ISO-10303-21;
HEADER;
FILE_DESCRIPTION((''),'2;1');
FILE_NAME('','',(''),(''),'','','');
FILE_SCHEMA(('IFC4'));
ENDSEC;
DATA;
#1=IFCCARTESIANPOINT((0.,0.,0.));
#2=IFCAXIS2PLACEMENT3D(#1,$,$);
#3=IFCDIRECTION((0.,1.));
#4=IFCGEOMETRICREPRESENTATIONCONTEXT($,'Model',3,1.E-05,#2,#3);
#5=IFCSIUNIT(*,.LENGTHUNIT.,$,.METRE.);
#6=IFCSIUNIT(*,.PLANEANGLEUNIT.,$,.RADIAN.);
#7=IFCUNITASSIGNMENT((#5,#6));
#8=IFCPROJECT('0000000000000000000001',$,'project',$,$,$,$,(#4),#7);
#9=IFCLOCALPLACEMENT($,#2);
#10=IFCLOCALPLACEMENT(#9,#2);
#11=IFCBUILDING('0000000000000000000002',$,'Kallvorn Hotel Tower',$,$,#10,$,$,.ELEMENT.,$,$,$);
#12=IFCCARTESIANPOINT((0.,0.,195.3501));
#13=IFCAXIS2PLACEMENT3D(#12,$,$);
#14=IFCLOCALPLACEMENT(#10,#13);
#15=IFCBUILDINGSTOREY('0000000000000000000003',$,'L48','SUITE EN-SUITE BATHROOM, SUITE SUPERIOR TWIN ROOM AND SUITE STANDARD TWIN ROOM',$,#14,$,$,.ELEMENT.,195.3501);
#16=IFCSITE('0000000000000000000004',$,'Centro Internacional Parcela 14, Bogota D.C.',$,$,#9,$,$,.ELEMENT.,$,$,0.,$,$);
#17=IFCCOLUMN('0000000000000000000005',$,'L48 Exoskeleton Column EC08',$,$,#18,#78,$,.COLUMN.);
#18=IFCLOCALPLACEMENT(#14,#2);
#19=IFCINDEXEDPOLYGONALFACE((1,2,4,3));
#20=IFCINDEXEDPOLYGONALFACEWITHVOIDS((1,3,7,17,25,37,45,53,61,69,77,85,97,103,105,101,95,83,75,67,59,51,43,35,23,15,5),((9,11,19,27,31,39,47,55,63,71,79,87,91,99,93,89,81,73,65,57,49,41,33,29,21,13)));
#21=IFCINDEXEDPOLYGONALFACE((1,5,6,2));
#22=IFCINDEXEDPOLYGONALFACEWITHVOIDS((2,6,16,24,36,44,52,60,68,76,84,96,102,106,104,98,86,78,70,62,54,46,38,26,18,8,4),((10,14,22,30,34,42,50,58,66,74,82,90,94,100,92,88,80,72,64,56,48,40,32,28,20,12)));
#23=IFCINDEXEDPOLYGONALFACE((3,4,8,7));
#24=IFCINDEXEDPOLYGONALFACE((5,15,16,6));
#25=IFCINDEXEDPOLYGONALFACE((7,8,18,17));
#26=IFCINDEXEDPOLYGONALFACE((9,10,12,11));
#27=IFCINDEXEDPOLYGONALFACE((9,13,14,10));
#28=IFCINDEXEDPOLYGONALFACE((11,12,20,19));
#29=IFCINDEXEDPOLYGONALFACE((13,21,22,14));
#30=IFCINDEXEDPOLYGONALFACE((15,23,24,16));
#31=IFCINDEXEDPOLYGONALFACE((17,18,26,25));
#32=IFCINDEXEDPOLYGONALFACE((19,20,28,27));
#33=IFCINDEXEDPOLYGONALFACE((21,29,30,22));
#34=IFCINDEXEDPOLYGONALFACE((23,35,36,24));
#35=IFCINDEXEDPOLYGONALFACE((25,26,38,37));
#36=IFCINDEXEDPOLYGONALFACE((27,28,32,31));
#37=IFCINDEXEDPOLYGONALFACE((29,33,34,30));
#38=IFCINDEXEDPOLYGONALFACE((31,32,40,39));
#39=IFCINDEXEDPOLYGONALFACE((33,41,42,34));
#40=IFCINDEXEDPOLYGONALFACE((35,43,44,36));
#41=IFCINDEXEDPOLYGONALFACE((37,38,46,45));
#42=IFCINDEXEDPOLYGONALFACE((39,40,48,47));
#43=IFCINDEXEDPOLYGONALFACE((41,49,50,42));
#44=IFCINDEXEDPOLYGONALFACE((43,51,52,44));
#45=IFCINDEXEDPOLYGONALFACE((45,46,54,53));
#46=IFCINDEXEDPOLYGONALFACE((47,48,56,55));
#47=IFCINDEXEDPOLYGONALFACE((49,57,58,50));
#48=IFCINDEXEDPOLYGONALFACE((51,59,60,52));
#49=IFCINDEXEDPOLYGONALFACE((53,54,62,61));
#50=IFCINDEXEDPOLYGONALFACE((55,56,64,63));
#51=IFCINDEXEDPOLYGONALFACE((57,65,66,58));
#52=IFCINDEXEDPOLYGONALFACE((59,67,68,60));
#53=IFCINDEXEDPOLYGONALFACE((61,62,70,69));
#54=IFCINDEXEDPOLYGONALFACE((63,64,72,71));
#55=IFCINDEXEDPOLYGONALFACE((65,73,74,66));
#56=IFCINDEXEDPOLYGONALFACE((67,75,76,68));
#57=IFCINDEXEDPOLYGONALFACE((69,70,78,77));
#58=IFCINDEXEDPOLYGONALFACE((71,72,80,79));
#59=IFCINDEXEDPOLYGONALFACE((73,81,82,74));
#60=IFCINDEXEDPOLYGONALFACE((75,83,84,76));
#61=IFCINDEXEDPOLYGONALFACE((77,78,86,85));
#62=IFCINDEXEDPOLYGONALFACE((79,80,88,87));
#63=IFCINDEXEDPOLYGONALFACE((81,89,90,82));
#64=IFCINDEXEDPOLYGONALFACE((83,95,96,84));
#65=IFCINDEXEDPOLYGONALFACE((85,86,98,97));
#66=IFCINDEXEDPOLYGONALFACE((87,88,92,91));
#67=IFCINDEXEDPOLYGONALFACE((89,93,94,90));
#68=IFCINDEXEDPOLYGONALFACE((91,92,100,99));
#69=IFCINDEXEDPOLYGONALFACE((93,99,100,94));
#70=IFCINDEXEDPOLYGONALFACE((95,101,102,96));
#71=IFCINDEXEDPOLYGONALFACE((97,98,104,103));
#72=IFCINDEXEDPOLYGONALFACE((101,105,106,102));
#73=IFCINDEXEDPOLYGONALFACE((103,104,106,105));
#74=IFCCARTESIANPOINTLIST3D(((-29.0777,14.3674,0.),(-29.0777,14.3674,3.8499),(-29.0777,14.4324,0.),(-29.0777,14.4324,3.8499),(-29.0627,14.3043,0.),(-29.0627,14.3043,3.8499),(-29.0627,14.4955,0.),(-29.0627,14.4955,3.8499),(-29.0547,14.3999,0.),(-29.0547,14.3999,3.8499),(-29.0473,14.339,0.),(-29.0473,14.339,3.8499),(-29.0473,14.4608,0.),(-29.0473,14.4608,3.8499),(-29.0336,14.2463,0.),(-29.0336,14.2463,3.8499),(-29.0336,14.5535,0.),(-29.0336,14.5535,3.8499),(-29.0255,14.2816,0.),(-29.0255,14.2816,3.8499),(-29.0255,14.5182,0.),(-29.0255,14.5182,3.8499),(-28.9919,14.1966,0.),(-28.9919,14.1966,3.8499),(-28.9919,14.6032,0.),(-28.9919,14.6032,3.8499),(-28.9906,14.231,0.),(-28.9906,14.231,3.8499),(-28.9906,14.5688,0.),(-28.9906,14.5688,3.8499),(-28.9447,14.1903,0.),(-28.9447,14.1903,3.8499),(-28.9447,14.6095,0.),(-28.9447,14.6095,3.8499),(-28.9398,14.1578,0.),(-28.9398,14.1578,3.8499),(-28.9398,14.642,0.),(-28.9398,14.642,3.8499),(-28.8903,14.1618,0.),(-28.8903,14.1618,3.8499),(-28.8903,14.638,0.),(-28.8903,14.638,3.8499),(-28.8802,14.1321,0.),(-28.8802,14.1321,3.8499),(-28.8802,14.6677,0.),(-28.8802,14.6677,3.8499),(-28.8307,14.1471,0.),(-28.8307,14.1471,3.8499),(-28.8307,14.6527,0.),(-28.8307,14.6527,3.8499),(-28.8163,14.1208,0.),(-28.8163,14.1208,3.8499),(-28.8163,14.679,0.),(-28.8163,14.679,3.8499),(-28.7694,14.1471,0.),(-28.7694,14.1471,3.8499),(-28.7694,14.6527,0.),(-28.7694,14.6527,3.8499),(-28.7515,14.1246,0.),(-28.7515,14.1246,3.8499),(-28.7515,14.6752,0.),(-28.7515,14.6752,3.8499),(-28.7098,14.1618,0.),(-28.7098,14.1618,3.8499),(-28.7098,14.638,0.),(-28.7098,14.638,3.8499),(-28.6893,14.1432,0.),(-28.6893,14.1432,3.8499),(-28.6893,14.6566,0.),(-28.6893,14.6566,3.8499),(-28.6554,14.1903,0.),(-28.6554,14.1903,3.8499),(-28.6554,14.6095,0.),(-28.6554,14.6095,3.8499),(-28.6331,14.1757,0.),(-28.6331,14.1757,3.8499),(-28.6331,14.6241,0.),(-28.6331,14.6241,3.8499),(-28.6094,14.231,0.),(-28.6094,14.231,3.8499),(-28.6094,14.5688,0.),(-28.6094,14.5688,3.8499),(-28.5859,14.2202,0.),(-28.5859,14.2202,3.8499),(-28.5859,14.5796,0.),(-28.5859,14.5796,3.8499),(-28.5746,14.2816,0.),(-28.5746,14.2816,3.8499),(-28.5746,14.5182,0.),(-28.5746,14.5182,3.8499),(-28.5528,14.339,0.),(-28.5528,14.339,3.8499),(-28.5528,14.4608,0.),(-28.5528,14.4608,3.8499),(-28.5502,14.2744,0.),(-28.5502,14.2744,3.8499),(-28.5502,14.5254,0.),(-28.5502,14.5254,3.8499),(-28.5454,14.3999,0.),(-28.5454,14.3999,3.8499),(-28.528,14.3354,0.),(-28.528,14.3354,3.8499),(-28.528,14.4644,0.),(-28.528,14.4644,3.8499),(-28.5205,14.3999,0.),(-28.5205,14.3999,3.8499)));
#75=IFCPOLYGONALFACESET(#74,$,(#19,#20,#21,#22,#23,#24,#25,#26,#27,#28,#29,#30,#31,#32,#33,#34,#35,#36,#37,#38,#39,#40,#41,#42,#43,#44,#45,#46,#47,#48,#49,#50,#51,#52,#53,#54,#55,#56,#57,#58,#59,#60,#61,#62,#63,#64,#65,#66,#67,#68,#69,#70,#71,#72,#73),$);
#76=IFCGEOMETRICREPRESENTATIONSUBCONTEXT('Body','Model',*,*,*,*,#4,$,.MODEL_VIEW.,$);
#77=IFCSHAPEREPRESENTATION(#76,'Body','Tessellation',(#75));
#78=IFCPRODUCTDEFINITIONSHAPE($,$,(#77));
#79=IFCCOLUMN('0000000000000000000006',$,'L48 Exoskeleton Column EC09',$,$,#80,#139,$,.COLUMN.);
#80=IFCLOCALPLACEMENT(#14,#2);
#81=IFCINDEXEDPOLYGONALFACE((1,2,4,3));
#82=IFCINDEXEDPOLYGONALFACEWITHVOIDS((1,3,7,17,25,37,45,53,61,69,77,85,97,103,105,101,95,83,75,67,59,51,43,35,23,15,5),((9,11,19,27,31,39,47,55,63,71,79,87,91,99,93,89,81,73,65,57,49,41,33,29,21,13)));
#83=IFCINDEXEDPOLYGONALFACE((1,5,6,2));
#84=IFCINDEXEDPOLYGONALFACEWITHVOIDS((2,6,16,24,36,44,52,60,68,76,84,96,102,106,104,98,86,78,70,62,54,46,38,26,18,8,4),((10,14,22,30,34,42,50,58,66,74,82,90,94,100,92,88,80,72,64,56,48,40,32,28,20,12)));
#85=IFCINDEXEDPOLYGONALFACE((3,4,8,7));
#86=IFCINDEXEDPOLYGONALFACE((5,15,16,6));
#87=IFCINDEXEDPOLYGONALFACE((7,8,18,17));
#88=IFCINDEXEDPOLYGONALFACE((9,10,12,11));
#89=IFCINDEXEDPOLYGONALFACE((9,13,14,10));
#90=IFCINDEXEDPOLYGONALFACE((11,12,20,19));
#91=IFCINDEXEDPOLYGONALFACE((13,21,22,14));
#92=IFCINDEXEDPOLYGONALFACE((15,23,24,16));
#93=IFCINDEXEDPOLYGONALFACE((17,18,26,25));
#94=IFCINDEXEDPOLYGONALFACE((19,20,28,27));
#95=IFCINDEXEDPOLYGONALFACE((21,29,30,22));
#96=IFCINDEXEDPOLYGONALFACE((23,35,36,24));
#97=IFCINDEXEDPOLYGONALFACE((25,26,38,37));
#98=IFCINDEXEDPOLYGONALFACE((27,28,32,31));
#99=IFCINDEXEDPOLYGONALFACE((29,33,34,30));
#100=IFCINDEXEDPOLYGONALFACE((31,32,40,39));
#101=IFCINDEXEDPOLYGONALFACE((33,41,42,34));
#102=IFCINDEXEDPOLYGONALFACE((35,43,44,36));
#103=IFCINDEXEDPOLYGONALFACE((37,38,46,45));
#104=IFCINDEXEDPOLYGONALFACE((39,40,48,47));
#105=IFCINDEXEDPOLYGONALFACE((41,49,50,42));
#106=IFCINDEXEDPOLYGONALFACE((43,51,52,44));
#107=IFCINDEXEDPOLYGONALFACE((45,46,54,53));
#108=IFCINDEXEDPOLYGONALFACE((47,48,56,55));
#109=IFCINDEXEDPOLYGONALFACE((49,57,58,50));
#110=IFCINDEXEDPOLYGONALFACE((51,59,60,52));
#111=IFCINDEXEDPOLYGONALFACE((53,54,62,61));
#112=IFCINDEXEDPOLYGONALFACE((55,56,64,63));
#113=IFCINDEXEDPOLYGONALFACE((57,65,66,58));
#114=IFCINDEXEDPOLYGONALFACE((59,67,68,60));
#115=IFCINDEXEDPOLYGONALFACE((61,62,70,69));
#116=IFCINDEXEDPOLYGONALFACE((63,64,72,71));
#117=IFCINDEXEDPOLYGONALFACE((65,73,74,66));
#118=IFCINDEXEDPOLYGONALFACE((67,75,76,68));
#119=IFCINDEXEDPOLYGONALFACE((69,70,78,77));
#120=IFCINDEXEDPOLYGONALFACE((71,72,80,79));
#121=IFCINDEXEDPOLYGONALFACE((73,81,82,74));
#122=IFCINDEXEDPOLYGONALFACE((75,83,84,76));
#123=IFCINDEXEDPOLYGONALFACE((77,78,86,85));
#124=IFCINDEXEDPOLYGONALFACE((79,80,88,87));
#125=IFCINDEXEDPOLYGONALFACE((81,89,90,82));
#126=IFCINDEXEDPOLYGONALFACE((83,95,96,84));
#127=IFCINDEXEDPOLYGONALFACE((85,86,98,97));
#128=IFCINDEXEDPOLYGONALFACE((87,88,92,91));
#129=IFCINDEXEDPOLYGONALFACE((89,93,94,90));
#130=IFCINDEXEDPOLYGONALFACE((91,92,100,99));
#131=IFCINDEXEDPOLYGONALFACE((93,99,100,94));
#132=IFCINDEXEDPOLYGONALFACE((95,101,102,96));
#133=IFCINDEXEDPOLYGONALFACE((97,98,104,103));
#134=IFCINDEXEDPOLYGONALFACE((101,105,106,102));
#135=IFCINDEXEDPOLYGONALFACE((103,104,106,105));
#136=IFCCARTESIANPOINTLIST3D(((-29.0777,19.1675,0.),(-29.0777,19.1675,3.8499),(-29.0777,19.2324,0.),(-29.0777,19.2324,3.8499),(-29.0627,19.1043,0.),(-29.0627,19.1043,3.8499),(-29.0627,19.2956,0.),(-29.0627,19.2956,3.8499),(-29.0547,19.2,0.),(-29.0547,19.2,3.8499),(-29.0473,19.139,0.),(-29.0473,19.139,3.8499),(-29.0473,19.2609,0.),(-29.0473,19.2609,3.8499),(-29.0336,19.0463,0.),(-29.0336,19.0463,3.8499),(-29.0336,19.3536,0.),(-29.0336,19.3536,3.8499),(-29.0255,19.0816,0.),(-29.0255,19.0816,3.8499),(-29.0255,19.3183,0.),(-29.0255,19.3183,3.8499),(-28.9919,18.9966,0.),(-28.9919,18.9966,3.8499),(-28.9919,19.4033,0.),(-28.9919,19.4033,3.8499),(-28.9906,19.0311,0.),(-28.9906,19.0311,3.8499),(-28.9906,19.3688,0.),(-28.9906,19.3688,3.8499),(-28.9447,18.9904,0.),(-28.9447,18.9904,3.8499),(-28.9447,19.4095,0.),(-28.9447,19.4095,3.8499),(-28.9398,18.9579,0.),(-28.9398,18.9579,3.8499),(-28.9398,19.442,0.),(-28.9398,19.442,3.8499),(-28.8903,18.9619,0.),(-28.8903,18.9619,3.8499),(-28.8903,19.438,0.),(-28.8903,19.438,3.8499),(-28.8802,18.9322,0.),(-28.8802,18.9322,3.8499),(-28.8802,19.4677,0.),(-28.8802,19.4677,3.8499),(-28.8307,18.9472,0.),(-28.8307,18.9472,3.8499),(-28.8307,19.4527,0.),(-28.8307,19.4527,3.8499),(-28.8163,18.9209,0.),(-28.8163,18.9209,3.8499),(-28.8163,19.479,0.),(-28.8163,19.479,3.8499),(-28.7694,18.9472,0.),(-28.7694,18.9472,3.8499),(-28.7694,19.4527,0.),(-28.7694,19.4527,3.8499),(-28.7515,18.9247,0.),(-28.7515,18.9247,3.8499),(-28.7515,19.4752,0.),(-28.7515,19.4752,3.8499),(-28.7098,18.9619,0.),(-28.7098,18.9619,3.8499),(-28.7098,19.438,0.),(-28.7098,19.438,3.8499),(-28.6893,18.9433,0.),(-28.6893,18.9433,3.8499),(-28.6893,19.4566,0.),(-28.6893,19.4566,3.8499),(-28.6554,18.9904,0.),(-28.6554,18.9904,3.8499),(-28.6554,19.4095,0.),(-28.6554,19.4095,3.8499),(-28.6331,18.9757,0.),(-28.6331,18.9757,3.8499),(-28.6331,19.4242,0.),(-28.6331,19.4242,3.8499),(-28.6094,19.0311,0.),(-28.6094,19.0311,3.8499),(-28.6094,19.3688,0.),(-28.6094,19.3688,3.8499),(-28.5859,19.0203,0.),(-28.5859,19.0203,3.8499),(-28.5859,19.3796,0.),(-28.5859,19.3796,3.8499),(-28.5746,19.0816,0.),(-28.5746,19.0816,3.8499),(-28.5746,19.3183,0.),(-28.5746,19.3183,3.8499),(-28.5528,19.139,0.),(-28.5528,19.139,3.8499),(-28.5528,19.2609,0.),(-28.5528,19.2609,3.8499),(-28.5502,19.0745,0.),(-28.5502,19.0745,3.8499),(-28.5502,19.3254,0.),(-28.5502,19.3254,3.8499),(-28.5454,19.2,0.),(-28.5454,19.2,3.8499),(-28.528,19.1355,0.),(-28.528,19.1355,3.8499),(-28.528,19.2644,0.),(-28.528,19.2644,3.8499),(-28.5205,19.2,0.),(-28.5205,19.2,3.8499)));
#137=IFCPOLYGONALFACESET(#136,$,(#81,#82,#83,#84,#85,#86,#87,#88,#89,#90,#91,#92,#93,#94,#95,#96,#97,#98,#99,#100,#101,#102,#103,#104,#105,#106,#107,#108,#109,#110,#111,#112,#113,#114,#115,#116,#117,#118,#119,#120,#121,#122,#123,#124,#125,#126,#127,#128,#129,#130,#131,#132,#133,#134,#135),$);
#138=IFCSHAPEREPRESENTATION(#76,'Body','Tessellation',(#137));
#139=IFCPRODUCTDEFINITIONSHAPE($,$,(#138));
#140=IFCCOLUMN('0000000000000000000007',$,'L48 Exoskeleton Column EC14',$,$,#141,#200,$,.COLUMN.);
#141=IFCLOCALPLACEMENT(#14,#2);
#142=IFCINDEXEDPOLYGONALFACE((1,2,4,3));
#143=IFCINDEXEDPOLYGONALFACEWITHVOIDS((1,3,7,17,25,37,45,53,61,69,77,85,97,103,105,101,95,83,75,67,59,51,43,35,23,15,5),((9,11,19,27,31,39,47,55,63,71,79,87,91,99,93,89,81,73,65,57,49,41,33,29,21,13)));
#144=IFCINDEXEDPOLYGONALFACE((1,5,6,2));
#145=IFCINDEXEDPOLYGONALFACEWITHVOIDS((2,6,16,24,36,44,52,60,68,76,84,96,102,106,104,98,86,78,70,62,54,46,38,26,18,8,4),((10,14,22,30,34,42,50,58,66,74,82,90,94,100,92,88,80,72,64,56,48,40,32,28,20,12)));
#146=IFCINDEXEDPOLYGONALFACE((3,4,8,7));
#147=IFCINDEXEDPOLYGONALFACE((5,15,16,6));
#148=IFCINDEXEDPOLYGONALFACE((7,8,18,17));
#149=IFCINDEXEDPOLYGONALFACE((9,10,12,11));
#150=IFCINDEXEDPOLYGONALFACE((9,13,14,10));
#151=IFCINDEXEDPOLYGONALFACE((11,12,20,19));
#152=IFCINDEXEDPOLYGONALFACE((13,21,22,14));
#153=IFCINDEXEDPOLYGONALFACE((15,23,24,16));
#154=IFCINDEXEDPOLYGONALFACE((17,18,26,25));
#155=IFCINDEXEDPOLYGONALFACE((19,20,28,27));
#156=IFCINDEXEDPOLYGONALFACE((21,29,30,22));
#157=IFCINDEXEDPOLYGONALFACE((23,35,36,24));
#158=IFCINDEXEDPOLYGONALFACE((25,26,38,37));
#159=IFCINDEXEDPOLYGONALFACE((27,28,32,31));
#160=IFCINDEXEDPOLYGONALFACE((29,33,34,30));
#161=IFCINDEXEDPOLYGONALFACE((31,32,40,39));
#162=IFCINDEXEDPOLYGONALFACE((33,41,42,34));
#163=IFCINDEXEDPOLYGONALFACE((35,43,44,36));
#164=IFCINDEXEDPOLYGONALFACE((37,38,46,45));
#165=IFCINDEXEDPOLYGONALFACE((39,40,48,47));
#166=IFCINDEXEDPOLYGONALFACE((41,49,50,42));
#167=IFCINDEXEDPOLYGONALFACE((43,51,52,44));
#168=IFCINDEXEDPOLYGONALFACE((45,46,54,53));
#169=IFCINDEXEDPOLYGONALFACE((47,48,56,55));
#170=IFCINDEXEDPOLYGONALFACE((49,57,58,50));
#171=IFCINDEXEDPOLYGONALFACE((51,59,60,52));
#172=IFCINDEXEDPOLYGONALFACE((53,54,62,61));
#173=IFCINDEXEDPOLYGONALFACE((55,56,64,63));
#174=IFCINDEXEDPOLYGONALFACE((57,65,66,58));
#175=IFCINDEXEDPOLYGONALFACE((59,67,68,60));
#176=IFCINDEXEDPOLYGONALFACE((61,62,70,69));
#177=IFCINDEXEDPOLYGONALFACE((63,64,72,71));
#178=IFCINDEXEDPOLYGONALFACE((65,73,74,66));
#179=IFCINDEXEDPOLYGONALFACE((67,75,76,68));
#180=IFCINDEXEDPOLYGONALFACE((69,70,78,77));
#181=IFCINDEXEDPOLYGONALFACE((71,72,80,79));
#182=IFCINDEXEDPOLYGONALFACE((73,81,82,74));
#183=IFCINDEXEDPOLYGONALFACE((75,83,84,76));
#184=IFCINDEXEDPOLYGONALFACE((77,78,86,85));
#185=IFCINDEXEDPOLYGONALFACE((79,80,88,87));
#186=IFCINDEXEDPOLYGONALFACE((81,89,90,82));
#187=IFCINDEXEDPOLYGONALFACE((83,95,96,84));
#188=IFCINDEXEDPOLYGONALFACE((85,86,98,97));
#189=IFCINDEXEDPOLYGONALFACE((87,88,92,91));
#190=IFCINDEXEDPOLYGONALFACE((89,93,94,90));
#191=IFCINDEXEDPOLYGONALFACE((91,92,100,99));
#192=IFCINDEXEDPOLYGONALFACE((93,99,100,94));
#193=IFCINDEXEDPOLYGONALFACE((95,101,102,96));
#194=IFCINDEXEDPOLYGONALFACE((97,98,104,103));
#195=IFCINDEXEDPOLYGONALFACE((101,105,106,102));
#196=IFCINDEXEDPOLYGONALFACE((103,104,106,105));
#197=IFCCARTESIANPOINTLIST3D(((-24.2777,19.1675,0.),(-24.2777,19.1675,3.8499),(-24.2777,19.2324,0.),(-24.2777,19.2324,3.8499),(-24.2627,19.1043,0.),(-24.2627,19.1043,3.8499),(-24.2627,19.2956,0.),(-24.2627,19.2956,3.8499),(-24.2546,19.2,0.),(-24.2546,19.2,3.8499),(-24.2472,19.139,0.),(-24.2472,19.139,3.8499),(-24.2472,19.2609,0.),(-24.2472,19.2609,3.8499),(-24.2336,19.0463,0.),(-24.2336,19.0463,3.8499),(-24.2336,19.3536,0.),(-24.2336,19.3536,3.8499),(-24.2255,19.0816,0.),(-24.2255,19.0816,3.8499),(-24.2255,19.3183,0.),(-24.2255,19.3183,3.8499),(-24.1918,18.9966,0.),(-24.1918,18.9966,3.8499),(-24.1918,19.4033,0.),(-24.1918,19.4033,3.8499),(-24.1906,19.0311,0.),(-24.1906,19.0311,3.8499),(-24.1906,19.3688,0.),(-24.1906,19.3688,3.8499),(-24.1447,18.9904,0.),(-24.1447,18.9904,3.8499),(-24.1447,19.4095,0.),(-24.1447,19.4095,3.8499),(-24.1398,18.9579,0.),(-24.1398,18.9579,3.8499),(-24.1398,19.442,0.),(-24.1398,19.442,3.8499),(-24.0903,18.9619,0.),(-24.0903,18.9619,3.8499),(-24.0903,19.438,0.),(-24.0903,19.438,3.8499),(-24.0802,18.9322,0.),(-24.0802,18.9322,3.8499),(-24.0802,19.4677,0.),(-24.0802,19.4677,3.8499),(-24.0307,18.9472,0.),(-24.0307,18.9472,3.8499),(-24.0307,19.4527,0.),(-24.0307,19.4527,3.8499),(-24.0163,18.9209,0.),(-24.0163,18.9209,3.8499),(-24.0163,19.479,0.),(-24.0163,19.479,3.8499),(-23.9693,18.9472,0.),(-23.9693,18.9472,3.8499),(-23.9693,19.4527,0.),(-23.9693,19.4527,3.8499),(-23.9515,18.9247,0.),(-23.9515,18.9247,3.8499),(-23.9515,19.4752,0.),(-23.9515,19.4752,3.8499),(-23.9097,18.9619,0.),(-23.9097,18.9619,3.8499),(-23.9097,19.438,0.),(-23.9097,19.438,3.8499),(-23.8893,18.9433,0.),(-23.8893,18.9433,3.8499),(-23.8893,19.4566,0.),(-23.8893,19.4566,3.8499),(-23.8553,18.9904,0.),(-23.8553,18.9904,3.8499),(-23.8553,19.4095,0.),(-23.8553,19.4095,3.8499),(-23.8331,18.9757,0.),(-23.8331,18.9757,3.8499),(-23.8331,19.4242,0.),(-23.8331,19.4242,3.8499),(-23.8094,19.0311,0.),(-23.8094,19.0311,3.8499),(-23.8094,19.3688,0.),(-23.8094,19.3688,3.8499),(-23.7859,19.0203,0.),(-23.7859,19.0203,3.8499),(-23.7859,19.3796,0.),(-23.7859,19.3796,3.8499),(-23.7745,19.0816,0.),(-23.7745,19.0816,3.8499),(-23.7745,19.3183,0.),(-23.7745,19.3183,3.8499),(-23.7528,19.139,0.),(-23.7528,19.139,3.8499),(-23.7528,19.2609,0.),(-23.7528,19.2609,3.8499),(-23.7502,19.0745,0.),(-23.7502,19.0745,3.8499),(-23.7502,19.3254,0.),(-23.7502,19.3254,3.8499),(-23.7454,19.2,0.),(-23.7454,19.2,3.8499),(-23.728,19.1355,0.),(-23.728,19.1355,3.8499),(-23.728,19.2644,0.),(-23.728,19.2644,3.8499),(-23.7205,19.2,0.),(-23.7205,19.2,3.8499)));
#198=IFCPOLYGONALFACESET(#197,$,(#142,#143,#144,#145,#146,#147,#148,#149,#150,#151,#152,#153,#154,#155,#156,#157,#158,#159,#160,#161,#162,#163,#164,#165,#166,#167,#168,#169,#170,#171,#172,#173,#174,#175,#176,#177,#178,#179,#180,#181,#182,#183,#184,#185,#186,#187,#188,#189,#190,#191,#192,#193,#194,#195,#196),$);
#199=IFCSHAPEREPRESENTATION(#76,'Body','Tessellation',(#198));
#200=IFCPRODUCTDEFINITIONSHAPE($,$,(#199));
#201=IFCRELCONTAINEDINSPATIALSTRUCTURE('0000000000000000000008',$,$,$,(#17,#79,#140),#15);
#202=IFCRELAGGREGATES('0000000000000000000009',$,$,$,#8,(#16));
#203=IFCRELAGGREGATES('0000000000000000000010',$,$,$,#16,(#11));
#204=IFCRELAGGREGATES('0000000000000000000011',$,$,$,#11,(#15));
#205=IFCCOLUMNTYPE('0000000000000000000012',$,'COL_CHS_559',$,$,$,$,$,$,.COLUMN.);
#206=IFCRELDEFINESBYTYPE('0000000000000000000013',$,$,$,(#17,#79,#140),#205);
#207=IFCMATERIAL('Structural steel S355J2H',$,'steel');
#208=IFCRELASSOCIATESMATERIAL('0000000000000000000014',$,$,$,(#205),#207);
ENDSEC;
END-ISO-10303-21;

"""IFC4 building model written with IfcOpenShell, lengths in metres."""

from ifc_helpers import new_model, si_unit, direction, frame, origin, origin_2d, place, context, subcontext, project, spatial, hollow_circle, extrude, material, material_profile, profile_set, type_object, element, save


model = new_model("IFC4")

# Units and contexts
model_context = context("Model", 3, precision=1e-05, world=origin(), true_north=direction((0.0, 1.0)))
body_context = subcontext(model_context, "Body", "Model", "MODEL_VIEW")
ifc_project = project(units=[si_unit("LENGTHUNIT", "METRE"), si_unit("PLANEANGLEUNIT", "RADIAN")], contexts=[model_context])

# Site, building, storey
site_placement = place(None, origin())
site = spatial("IfcSite", under=ifc_project, at=site_placement, Name="Centro Internacional Parcela 14, Bogota D.C.", CompositionType="ELEMENT", RefElevation=0.0)
building_placement = place(site_placement, origin())
building = spatial("IfcBuilding", under=site, at=building_placement, Name="Kallvorn Hotel Tower", CompositionType="ELEMENT")
storey_placement = place(building_placement, frame((0.0, 0.0, 195.3501)))
storey = spatial("IfcBuildingStorey", under=building, at=storey_placement, Name="L48", Description="SUITE EN-SUITE BATHROOM, SUITE SUPERIOR TWIN ROOM AND SUITE STANDARD TWIN ROOM", CompositionType="ELEMENT", Elevation=195.3501)

# Columns
ifc_material_1 = material(Name="Structural steel S355J2H", Category="steel")
ifc_material_profile_1 = material_profile(ifc_material_1, hollow_circle(Radius=0.2795, WallThickness=0.0249, at=origin_2d()), Name="CHS 559x25")
ifc_profile_set_1 = profile_set([ifc_material_profile_1], Name="Structural steel S355J2H")
column_type_1 = type_object("IfcColumnType", Name="COL_CHS_559", PredefinedType="COLUMN", material=ifc_profile_set_1)
for number, where, z_axis, x_axis, name in (
    (1, (-28.8, 14.3999, 0.0), (0.0, 0.0, 1.0), (1.0, 0.0, 0.0), "L48 Exoskeleton Column EC08"),
    (2, (-28.8, 19.2, 0.0), (0.0, 0.0, 1.0), (1.0, 0.0, 0.0), "L48 Exoskeleton Column EC09"),
    (3, (-24.0, 19.2, 0.0), (0.0, 0.0, 1.0), (1.0, 0.0, 0.0), "L48 Exoskeleton Column EC14"),
):
    element("IfcColumn", number, at=place(storey_placement, frame(where, z_axis=z_axis, x_axis=x_axis)), inside=storey, type_object=column_type_1, Name=name, PredefinedType="COLUMN", context=body_context, shape_type="SweptSolid", body=[
        extrude(hollow_circle(Radius=0.2795, WallThickness=0.0249, at=origin_2d()), origin(), (0.0, 0.0, 1.0), 3.8499),
    ])

save(model, "model.ifc")
